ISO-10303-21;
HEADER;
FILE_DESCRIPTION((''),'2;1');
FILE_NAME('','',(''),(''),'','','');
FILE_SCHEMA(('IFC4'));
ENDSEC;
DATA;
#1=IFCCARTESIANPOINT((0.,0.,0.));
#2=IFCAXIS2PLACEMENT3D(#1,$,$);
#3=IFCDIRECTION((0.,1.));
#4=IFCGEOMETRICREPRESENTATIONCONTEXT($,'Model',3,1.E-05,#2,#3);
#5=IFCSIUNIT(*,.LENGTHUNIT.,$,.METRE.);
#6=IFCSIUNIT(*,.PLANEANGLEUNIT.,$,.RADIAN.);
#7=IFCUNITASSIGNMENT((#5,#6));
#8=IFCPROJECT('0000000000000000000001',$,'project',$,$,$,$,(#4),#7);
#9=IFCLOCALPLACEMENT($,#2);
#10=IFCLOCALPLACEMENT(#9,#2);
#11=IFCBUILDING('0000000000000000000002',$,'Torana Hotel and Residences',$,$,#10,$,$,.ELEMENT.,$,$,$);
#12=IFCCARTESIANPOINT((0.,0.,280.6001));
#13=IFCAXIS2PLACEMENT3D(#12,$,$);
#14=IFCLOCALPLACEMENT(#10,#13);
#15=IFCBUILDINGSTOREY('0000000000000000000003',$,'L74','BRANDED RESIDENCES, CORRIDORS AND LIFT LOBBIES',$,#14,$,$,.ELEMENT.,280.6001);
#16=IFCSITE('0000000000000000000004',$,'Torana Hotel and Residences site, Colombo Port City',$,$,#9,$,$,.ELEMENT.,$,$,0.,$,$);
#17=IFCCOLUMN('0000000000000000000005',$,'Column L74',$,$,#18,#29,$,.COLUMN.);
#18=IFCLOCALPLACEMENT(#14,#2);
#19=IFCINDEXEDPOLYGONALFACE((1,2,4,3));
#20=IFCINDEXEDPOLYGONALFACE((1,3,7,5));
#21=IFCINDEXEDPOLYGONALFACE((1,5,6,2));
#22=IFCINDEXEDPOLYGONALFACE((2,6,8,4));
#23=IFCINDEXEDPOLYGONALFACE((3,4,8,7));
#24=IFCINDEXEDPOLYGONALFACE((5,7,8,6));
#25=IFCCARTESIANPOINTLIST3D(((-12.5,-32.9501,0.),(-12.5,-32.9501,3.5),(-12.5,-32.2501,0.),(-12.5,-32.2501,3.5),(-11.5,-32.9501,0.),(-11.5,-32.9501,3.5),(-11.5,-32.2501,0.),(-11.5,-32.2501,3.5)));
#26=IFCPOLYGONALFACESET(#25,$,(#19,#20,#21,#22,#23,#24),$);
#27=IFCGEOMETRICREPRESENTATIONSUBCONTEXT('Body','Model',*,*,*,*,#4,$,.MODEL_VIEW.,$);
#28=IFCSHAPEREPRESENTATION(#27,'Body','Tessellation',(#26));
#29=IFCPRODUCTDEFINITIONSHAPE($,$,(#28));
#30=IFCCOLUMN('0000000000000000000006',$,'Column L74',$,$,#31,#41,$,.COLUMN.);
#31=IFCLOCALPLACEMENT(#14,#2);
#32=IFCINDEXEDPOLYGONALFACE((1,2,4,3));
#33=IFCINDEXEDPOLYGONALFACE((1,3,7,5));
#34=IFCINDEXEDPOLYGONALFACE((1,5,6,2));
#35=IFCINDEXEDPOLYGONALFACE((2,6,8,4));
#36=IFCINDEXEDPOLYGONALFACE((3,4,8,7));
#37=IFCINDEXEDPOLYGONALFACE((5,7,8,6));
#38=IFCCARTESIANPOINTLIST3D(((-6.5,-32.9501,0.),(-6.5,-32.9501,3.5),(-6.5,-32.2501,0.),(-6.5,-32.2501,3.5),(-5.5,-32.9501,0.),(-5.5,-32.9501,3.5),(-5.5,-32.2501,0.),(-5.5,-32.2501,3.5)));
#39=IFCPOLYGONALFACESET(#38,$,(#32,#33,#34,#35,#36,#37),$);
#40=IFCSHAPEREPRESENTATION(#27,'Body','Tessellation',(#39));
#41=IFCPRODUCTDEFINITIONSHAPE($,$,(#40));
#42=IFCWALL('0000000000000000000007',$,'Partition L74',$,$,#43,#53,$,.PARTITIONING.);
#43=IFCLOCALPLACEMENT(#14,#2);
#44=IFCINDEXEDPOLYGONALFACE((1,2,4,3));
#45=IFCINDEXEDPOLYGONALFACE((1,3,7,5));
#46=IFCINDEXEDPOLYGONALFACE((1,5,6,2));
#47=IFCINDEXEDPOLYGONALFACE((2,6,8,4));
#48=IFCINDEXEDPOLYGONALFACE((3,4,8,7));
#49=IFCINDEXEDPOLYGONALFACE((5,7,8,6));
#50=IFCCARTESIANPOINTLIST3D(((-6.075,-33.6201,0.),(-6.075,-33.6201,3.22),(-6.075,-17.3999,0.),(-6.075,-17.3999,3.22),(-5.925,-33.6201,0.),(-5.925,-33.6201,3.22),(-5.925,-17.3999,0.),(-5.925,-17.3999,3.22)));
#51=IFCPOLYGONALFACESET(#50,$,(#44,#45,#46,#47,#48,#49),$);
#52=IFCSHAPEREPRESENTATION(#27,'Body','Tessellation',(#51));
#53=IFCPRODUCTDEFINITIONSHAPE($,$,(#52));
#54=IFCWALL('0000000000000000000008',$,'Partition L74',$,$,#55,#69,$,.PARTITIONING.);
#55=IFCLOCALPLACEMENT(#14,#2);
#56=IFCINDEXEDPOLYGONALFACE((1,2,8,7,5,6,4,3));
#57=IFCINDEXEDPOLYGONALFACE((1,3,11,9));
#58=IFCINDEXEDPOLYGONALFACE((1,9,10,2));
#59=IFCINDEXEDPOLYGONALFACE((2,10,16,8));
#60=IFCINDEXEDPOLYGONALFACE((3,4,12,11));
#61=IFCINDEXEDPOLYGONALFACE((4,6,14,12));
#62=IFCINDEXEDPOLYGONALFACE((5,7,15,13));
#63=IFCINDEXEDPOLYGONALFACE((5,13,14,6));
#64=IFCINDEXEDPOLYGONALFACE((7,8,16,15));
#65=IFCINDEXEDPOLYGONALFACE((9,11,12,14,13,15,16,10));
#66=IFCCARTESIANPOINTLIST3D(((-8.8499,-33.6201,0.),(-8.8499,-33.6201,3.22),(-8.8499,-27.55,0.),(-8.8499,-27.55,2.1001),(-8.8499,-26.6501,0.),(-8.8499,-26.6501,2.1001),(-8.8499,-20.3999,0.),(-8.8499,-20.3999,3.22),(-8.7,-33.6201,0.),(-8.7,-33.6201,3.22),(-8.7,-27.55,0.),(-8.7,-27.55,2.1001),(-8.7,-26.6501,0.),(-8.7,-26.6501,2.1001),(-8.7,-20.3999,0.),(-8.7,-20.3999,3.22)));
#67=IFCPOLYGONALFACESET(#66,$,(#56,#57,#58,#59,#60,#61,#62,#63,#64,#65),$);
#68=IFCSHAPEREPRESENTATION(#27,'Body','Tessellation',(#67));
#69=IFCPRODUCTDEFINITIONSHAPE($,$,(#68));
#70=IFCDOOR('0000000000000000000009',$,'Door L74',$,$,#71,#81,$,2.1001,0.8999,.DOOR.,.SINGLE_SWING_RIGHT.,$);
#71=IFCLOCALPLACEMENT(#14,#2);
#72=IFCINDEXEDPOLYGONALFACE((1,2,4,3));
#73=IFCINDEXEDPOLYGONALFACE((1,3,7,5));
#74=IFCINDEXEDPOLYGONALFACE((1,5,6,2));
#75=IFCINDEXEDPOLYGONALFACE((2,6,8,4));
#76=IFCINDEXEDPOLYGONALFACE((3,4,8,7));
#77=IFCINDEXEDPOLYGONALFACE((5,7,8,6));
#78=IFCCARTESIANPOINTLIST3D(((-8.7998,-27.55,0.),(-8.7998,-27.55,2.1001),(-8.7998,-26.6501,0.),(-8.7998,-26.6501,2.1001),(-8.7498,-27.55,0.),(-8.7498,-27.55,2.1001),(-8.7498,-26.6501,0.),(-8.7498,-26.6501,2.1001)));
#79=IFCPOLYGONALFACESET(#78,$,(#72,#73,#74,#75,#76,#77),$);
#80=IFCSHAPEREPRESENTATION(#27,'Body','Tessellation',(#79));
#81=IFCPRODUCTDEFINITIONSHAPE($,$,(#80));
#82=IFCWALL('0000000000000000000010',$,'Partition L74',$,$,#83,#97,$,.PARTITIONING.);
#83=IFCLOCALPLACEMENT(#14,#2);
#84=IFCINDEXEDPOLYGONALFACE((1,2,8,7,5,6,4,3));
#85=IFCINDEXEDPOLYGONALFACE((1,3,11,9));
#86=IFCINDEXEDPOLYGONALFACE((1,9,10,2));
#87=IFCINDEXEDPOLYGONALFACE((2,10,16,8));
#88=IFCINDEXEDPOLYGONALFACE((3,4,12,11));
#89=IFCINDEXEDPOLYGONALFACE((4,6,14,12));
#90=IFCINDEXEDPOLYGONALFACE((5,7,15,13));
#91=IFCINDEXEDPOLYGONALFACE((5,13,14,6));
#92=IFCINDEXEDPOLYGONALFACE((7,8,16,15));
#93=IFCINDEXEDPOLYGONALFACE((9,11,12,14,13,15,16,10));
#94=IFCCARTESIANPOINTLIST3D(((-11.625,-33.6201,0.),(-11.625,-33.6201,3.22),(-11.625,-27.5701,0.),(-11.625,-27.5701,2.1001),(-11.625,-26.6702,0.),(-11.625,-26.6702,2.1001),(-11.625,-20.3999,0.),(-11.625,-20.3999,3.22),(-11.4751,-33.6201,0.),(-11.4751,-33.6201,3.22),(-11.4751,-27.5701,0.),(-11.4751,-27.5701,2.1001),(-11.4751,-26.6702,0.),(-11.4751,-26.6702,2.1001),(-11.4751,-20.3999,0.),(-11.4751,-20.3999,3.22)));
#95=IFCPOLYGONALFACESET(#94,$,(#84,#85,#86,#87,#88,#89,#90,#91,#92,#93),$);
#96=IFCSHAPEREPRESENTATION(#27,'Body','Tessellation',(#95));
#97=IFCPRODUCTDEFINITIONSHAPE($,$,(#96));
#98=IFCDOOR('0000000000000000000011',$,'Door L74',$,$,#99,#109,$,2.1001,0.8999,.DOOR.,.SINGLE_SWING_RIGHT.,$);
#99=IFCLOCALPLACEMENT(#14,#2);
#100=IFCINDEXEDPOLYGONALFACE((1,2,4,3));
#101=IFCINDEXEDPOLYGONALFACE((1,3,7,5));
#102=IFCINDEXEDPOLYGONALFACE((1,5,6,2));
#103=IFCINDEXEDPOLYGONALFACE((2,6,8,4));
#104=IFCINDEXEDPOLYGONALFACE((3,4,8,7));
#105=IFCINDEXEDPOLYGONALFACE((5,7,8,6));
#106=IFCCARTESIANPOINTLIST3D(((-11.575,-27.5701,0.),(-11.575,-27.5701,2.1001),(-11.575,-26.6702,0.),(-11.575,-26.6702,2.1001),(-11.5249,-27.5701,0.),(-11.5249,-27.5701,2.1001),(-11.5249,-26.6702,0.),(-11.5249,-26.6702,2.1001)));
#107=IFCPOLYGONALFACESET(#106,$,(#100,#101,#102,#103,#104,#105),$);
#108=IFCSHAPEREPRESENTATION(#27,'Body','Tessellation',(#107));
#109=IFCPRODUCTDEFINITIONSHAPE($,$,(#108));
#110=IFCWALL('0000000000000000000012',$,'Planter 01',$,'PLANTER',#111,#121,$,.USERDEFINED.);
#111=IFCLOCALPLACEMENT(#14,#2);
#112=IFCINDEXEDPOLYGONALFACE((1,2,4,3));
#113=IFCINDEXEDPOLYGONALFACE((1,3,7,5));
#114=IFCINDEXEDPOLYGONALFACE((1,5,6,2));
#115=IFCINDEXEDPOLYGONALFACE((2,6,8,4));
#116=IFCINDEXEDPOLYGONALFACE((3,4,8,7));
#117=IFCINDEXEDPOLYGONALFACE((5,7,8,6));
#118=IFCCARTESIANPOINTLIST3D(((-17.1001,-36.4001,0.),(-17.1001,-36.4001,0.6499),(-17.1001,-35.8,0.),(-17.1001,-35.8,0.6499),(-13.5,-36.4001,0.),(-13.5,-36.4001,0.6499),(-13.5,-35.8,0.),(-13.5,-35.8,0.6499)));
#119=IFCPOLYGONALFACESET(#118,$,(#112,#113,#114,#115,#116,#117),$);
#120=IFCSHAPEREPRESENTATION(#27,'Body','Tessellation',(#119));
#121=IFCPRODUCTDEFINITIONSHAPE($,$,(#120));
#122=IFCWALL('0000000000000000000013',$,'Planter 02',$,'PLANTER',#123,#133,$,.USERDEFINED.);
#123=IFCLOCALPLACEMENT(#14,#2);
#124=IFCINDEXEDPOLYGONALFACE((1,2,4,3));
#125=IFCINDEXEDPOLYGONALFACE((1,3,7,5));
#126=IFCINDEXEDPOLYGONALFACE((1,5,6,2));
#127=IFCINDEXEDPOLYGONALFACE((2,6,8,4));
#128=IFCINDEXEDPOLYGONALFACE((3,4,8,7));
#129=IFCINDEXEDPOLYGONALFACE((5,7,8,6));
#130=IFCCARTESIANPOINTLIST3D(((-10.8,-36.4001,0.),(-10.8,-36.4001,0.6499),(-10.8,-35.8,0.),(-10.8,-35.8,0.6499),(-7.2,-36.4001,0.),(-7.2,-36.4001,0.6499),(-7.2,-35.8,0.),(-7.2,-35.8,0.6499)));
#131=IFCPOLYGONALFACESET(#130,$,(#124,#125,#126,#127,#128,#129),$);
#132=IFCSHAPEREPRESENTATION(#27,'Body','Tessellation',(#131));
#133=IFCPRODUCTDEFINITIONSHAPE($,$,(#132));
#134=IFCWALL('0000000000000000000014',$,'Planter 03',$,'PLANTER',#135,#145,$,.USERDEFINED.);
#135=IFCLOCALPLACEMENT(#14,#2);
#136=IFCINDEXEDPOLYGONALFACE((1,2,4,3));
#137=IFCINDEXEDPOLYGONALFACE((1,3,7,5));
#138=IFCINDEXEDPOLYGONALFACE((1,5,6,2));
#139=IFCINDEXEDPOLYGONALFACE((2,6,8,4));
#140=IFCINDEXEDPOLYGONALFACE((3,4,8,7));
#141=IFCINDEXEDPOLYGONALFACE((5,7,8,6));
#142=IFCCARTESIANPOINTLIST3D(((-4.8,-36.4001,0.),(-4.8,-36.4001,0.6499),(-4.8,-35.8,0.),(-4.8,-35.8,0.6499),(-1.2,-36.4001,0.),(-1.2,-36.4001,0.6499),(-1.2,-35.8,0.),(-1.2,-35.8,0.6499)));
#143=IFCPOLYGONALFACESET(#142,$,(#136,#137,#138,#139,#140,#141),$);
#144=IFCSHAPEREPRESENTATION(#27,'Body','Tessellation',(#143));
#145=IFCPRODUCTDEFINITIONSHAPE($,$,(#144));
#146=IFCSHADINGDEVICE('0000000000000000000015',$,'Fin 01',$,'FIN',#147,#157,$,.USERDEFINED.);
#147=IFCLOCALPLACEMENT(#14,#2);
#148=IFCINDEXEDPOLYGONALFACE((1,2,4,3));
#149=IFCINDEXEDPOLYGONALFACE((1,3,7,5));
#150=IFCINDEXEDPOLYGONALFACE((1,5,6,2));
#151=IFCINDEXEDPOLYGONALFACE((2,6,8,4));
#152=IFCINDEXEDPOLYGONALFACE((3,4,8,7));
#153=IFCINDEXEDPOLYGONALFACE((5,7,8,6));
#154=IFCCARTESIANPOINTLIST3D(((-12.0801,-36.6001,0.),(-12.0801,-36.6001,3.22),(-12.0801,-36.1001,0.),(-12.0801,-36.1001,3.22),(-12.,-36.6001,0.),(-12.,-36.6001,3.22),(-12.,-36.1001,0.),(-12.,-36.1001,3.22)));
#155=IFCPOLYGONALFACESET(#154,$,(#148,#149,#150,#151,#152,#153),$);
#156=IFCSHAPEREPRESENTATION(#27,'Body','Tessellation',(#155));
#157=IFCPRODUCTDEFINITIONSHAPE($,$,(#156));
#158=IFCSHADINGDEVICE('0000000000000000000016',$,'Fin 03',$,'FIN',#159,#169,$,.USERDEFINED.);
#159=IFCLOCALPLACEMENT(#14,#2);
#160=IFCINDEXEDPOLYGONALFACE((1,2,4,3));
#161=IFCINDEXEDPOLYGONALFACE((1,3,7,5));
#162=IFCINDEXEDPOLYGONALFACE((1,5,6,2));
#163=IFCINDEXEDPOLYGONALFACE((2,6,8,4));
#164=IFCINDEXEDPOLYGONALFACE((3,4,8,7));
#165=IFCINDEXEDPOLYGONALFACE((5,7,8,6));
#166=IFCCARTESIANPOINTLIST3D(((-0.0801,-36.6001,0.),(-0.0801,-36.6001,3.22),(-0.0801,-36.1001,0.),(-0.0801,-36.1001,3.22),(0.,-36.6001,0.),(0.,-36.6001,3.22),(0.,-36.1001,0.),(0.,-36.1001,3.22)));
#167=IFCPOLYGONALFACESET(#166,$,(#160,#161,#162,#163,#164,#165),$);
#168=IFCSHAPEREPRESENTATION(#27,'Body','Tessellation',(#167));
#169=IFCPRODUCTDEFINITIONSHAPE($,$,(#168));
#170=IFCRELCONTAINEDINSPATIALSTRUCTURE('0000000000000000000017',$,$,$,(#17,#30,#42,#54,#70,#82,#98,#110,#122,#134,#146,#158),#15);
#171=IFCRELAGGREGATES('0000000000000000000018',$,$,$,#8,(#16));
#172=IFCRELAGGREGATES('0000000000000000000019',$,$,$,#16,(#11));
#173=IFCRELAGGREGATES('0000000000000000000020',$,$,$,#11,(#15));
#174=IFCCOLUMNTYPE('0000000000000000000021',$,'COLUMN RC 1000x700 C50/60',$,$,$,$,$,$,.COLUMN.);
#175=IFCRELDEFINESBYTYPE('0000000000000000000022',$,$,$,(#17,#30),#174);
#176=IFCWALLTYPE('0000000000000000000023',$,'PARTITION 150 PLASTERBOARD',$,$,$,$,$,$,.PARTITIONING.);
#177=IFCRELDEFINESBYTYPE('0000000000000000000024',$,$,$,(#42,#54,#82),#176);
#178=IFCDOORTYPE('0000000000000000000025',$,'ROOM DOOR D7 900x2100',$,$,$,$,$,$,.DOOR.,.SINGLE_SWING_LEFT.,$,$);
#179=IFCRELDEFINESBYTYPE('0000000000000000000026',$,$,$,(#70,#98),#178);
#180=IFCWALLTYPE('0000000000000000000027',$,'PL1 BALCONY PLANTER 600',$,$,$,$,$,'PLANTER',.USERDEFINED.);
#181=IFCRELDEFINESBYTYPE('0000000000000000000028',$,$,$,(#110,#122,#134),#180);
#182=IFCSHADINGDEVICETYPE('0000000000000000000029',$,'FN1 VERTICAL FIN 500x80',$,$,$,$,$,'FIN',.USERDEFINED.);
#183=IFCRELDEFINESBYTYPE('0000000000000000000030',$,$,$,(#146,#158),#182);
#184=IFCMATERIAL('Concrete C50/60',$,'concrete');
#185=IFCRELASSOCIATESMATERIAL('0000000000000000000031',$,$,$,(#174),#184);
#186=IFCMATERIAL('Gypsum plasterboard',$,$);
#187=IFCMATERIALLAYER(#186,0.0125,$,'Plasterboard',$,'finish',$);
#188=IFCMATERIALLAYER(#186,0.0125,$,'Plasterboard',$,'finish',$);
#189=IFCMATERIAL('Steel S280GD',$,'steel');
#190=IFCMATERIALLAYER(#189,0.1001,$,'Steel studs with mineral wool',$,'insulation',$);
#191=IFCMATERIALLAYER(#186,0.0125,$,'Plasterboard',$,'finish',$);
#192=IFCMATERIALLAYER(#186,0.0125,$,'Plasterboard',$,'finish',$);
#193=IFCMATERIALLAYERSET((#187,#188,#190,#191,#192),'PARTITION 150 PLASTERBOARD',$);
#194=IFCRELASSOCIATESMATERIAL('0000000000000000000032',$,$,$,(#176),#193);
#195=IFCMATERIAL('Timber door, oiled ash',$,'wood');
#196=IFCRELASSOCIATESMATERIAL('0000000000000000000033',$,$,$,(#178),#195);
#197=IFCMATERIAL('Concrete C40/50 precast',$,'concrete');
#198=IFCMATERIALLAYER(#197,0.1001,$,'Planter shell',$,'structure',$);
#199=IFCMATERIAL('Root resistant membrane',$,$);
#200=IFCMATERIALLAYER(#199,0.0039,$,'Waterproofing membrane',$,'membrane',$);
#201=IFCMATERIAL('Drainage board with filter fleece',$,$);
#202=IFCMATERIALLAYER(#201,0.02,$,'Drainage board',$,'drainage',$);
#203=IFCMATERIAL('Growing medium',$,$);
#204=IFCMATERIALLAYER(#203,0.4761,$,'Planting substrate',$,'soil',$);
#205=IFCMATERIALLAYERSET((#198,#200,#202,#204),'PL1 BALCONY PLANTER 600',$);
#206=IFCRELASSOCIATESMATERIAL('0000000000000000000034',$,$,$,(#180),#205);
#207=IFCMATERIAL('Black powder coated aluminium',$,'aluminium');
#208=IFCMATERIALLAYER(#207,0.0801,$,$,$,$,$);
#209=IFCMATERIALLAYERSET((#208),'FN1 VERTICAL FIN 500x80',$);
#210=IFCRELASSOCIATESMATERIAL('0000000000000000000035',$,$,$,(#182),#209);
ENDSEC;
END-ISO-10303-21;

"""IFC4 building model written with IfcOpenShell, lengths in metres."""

from ifc_helpers import new_model, si_unit, direction, frame, frame_2d, origin, origin_2d, place, context, subcontext, project, spatial, rectangle, extrude, material, layer, layer_set, material_profile, profile_set, type_object, element, fill, save


model = new_model("IFC4")

# Units and contexts
model_context = context("Model", 3, precision=1e-05, world=origin(), true_north=direction((0.0, 1.0)))
body_context = subcontext(model_context, "Body", "Model", "MODEL_VIEW")
ifc_project = project(units=[si_unit("LENGTHUNIT", "METRE"), si_unit("PLANEANGLEUNIT", "RADIAN")], contexts=[model_context])

# Site, building, storey
site_placement = place(None, origin())
site = spatial("IfcSite", under=ifc_project, at=site_placement, Name="Torana Hotel and Residences site, Colombo Port City", CompositionType="ELEMENT", RefElevation=0.0)
building_placement = place(site_placement, origin())
building = spatial("IfcBuilding", under=site, at=building_placement, Name="Torana Hotel and Residences", CompositionType="ELEMENT")
storey_placement = place(building_placement, frame((0.0, 0.0, 280.6001)))
storey = spatial("IfcBuildingStorey", under=building, at=storey_placement, Name="L74", Description="BRANDED RESIDENCES, CORRIDORS AND LIFT LOBBIES", CompositionType="ELEMENT", Elevation=280.6001)

# Columns
ifc_material_1 = material(Name="Concrete C50/60", Category="concrete")
ifc_material_profile = material_profile(ifc_material_1, rectangle(XDim=1.0, YDim=0.7, at=origin_2d()), Name="RC 1000x700")
ifc_profile_set = profile_set([ifc_material_profile], Name="Concrete C50/60")
column_type = type_object("IfcColumnType", Name="COLUMN RC 1000x700 C50/60", PredefinedType="COLUMN", material=ifc_profile_set)
for number, where, z_axis, x_axis, name in (
    (1, (-12.0, -32.6001, 0.0), (0.0, 0.0, 1.0), (1.0, 0.0, 0.0), "Column L74"),
    (2, (-6.0, -32.6001, 0.0), (0.0, 0.0, 1.0), (1.0, 0.0, 0.0), "Column L74"),
):
    element("IfcColumn", number, at=place(storey_placement, frame(where, z_axis=z_axis, x_axis=x_axis)), inside=storey, type_object=column_type, Name=name, PredefinedType="COLUMN", context=body_context, shape_type="SweptSolid", body=[
        extrude(rectangle(XDim=1.0, YDim=0.7, at=origin_2d()), origin(), (0.0, 0.0, 1.0), 3.5),
    ])

# Wall
ifc_material_2 = material(Name="Gypsum plasterboard")
ifc_layer_1 = layer(ifc_material_2, 0.0125, Name="Plasterboard", Category="finish")
ifc_layer_2 = layer(ifc_material_2, 0.0125, Name="Plasterboard", Category="finish")
ifc_material_3 = material(Name="Steel S280GD", Category="steel")
ifc_layer_3 = layer(ifc_material_3, 0.1001, Name="Steel studs with mineral wool", Category="insulation")
ifc_layer_4 = layer(ifc_material_2, 0.0125, Name="Plasterboard", Category="finish")
ifc_layer_5 = layer(ifc_material_2, 0.0125, Name="Plasterboard", Category="finish")
ifc_layer_set_1 = layer_set([ifc_layer_1, ifc_layer_2, ifc_layer_3, ifc_layer_4, ifc_layer_5], Name="PARTITION 150 PLASTERBOARD")
wall_type_1 = type_object("IfcWallType", Name="PARTITION 150 PLASTERBOARD", PredefinedType="PARTITIONING", material=ifc_layer_set_1)
wall_1_placement = place(storey_placement, frame((-6.0, -33.6201, 0.0), z_axis=(0.0, 0.0, 1.0), x_axis=(0.0, 1.0, 0.0)))
element("IfcWall", 3, at=wall_1_placement, inside=storey, type_object=wall_type_1, Name="Partition L74", PredefinedType="PARTITIONING", context=body_context, shape_type="SweptSolid", body=[
    extrude(rectangle(XDim=16.2202, YDim=0.1499, at=frame_2d((8.1101, 0.0))), origin(), (0.0, 0.0, 1.0), 3.22),
])

# Walls, openings, doors
wall_2_placement = place(storey_placement, frame((-8.7749, -33.6201, 0.0), z_axis=(0.0, 0.0, 1.0), x_axis=(0.0, 1.0, 0.0)))
wall_2 = element("IfcWall", 4, at=wall_2_placement, inside=storey, type_object=wall_type_1, Name="Partition L74", PredefinedType="PARTITIONING", context=body_context, shape_type="SweptSolid", body=[
    extrude(rectangle(XDim=13.2202, YDim=0.1499, at=frame_2d((6.6101, 0.0))), origin(), (0.0, 0.0, 1.0), 3.22),
])
opening_1_placement = place(wall_2_placement, frame((6.0701, 0.0, 0.0)))
opening_1 = element("IfcOpeningElement", 5, at=opening_1_placement, cuts=wall_2, PredefinedType="OPENING", context=body_context, shape_type="SweptSolid", body=[
    extrude(rectangle(XDim=0.8999, YDim=2.1001, at=frame_2d((0.45, 1.05))), frame((0.0, 0.085, 0.0), z_axis=(0.0, -1.0, 0.0), x_axis=(1.0, 0.0, 0.0)), (0.0, 0.0, 1.0), 0.1699),
])
ifc_material_4 = material(Name="Timber door, oiled ash", Category="wood")
door_type = type_object("IfcDoorType", Name="ROOM DOOR D7 900x2100", OperationType="SINGLE_SWING_LEFT", PredefinedType="DOOR", material=ifc_material_4)
door_1_placement = place(opening_1_placement, origin())
door_1 = element("IfcDoor", 6, at=door_1_placement, inside=storey, type_object=door_type, Name="Door L74", OperationType="SINGLE_SWING_RIGHT", OverallHeight=2.1001, OverallWidth=0.8999, PredefinedType="DOOR", context=body_context, shape_type="SweptSolid", body=[
    extrude(rectangle(XDim=0.8999, YDim=2.1001, at=frame_2d((0.45, 1.05))), frame((0.0, 0.0249, 0.0), z_axis=(0.0, -1.0, 0.0), x_axis=(1.0, 0.0, 0.0)), (0.0, 0.0, 1.0), 0.05),
])
fill(opening_1, door_1)
wall_3_placement = place(storey_placement, frame((-11.55, -33.6201, 0.0), z_axis=(0.0, 0.0, 1.0), x_axis=(0.0, 1.0, 0.0)))
wall_3 = element("IfcWall", 7, at=wall_3_placement, inside=storey, type_object=wall_type_1, Name="Partition L74", PredefinedType="PARTITIONING", context=body_context, shape_type="SweptSolid", body=[
    extrude(rectangle(XDim=13.2202, YDim=0.1499, at=frame_2d((6.6101, 0.0))), origin(), (0.0, 0.0, 1.0), 3.22),
])
opening_2_placement = place(wall_3_placement, frame((6.05, 0.0, 0.0)))
opening_2 = element("IfcOpeningElement", 8, at=opening_2_placement, cuts=wall_3, PredefinedType="OPENING", context=body_context, shape_type="SweptSolid", body=[
    extrude(rectangle(XDim=0.8999, YDim=2.1001, at=frame_2d((0.45, 1.05))), frame((0.0, 0.085, 0.0), z_axis=(0.0, -1.0, 0.0), x_axis=(1.0, 0.0, 0.0)), (0.0, 0.0, 1.0), 0.1699),
])
door_2_placement = place(opening_2_placement, origin())
door_2 = element("IfcDoor", 9, at=door_2_placement, inside=storey, type_object=door_type, Name="Door L74", OperationType="SINGLE_SWING_RIGHT", OverallHeight=2.1001, OverallWidth=0.8999, PredefinedType="DOOR", context=body_context, shape_type="SweptSolid", body=[
    extrude(rectangle(XDim=0.8999, YDim=2.1001, at=frame_2d((0.45, 1.05))), frame((0.0, 0.0249, 0.0), z_axis=(0.0, -1.0, 0.0), x_axis=(1.0, 0.0, 0.0)), (0.0, 0.0, 1.0), 0.05),
])
fill(opening_2, door_2)

# Walls
ifc_material_5 = material(Name="Concrete C40/50 precast", Category="concrete")
ifc_layer_6 = layer(ifc_material_5, 0.1001, Name="Planter shell", Category="structure")
ifc_material_6 = material(Name="Root resistant membrane")
ifc_layer_7 = layer(ifc_material_6, 0.0039, Name="Waterproofing membrane", Category="membrane")
ifc_material_7 = material(Name="Drainage board with filter fleece")
ifc_layer_8 = layer(ifc_material_7, 0.02, Name="Drainage board", Category="drainage")
ifc_material_8 = material(Name="Growing medium")
ifc_layer_9 = layer(ifc_material_8, 0.4761, Name="Planting substrate", Category="soil")
ifc_layer_set_2 = layer_set([ifc_layer_6, ifc_layer_7, ifc_layer_8, ifc_layer_9], Name="PL1 BALCONY PLANTER 600")
wall_type_2 = type_object("IfcWallType", Name="PL1 BALCONY PLANTER 600", ElementType="PLANTER", PredefinedType="USERDEFINED", material=ifc_layer_set_2)
for number, where, z_axis, x_axis, name in (
    (10, (-13.5, -36.1001, 0.0), (0.0, 0.0, 1.0), (-1.0, 0.0, 0.0), "Planter 01"),
    (11, (-7.2, -36.1001, 0.0), (0.0, 0.0, 1.0), (-1.0, 0.0, 0.0), "Planter 02"),
    (12, (-1.2, -36.1001, 0.0), (0.0, 0.0, 1.0), (-1.0, 0.0, 0.0), "Planter 03"),
):
    element("IfcWall", number, at=place(storey_placement, frame(where, z_axis=z_axis, x_axis=x_axis)), inside=storey, type_object=wall_type_2, Name=name, ObjectType="PLANTER", PredefinedType="USERDEFINED", context=body_context, shape_type="SweptSolid", body=[
        extrude(rectangle(XDim=3.6001, YDim=0.6001, at=frame_2d((1.8, 0.0))), origin(), (0.0, 0.0, 1.0), 0.6499),
    ])

# Shading devices
ifc_material_9 = material(Name="Black powder coated aluminium", Category="aluminium")
ifc_layer_10 = layer(ifc_material_9, 0.0801)
ifc_layer_set_3 = layer_set([ifc_layer_10], Name="FN1 VERTICAL FIN 500x80")
shading_device_type = type_object("IfcShadingDeviceType", Name="FN1 VERTICAL FIN 500x80", ElementType="FIN", PredefinedType="USERDEFINED", material=ifc_layer_set_3)
for number, where, z_axis, x_axis, name in (
    (13, (-12.04, -36.3501, 0.0), (0.0, 0.0, 1.0), (-1.0, 0.0, 0.0), "Fin 01"),
    (14, (-0.04, -36.3501, 0.0), (0.0, 0.0, 1.0), (-1.0, 0.0, 0.0), "Fin 03"),
):
    element("IfcShadingDevice", number, at=place(storey_placement, frame(where, z_axis=z_axis, x_axis=x_axis)), inside=storey, type_object=shading_device_type, Name=name, ObjectType="FIN", PredefinedType="USERDEFINED", context=body_context, shape_type="SweptSolid", body=[
        extrude(rectangle(XDim=0.0801, YDim=0.5, at=origin_2d()), origin(), (0.0, 0.0, 1.0), 3.22),
    ])

save(model, "model.ifc")
